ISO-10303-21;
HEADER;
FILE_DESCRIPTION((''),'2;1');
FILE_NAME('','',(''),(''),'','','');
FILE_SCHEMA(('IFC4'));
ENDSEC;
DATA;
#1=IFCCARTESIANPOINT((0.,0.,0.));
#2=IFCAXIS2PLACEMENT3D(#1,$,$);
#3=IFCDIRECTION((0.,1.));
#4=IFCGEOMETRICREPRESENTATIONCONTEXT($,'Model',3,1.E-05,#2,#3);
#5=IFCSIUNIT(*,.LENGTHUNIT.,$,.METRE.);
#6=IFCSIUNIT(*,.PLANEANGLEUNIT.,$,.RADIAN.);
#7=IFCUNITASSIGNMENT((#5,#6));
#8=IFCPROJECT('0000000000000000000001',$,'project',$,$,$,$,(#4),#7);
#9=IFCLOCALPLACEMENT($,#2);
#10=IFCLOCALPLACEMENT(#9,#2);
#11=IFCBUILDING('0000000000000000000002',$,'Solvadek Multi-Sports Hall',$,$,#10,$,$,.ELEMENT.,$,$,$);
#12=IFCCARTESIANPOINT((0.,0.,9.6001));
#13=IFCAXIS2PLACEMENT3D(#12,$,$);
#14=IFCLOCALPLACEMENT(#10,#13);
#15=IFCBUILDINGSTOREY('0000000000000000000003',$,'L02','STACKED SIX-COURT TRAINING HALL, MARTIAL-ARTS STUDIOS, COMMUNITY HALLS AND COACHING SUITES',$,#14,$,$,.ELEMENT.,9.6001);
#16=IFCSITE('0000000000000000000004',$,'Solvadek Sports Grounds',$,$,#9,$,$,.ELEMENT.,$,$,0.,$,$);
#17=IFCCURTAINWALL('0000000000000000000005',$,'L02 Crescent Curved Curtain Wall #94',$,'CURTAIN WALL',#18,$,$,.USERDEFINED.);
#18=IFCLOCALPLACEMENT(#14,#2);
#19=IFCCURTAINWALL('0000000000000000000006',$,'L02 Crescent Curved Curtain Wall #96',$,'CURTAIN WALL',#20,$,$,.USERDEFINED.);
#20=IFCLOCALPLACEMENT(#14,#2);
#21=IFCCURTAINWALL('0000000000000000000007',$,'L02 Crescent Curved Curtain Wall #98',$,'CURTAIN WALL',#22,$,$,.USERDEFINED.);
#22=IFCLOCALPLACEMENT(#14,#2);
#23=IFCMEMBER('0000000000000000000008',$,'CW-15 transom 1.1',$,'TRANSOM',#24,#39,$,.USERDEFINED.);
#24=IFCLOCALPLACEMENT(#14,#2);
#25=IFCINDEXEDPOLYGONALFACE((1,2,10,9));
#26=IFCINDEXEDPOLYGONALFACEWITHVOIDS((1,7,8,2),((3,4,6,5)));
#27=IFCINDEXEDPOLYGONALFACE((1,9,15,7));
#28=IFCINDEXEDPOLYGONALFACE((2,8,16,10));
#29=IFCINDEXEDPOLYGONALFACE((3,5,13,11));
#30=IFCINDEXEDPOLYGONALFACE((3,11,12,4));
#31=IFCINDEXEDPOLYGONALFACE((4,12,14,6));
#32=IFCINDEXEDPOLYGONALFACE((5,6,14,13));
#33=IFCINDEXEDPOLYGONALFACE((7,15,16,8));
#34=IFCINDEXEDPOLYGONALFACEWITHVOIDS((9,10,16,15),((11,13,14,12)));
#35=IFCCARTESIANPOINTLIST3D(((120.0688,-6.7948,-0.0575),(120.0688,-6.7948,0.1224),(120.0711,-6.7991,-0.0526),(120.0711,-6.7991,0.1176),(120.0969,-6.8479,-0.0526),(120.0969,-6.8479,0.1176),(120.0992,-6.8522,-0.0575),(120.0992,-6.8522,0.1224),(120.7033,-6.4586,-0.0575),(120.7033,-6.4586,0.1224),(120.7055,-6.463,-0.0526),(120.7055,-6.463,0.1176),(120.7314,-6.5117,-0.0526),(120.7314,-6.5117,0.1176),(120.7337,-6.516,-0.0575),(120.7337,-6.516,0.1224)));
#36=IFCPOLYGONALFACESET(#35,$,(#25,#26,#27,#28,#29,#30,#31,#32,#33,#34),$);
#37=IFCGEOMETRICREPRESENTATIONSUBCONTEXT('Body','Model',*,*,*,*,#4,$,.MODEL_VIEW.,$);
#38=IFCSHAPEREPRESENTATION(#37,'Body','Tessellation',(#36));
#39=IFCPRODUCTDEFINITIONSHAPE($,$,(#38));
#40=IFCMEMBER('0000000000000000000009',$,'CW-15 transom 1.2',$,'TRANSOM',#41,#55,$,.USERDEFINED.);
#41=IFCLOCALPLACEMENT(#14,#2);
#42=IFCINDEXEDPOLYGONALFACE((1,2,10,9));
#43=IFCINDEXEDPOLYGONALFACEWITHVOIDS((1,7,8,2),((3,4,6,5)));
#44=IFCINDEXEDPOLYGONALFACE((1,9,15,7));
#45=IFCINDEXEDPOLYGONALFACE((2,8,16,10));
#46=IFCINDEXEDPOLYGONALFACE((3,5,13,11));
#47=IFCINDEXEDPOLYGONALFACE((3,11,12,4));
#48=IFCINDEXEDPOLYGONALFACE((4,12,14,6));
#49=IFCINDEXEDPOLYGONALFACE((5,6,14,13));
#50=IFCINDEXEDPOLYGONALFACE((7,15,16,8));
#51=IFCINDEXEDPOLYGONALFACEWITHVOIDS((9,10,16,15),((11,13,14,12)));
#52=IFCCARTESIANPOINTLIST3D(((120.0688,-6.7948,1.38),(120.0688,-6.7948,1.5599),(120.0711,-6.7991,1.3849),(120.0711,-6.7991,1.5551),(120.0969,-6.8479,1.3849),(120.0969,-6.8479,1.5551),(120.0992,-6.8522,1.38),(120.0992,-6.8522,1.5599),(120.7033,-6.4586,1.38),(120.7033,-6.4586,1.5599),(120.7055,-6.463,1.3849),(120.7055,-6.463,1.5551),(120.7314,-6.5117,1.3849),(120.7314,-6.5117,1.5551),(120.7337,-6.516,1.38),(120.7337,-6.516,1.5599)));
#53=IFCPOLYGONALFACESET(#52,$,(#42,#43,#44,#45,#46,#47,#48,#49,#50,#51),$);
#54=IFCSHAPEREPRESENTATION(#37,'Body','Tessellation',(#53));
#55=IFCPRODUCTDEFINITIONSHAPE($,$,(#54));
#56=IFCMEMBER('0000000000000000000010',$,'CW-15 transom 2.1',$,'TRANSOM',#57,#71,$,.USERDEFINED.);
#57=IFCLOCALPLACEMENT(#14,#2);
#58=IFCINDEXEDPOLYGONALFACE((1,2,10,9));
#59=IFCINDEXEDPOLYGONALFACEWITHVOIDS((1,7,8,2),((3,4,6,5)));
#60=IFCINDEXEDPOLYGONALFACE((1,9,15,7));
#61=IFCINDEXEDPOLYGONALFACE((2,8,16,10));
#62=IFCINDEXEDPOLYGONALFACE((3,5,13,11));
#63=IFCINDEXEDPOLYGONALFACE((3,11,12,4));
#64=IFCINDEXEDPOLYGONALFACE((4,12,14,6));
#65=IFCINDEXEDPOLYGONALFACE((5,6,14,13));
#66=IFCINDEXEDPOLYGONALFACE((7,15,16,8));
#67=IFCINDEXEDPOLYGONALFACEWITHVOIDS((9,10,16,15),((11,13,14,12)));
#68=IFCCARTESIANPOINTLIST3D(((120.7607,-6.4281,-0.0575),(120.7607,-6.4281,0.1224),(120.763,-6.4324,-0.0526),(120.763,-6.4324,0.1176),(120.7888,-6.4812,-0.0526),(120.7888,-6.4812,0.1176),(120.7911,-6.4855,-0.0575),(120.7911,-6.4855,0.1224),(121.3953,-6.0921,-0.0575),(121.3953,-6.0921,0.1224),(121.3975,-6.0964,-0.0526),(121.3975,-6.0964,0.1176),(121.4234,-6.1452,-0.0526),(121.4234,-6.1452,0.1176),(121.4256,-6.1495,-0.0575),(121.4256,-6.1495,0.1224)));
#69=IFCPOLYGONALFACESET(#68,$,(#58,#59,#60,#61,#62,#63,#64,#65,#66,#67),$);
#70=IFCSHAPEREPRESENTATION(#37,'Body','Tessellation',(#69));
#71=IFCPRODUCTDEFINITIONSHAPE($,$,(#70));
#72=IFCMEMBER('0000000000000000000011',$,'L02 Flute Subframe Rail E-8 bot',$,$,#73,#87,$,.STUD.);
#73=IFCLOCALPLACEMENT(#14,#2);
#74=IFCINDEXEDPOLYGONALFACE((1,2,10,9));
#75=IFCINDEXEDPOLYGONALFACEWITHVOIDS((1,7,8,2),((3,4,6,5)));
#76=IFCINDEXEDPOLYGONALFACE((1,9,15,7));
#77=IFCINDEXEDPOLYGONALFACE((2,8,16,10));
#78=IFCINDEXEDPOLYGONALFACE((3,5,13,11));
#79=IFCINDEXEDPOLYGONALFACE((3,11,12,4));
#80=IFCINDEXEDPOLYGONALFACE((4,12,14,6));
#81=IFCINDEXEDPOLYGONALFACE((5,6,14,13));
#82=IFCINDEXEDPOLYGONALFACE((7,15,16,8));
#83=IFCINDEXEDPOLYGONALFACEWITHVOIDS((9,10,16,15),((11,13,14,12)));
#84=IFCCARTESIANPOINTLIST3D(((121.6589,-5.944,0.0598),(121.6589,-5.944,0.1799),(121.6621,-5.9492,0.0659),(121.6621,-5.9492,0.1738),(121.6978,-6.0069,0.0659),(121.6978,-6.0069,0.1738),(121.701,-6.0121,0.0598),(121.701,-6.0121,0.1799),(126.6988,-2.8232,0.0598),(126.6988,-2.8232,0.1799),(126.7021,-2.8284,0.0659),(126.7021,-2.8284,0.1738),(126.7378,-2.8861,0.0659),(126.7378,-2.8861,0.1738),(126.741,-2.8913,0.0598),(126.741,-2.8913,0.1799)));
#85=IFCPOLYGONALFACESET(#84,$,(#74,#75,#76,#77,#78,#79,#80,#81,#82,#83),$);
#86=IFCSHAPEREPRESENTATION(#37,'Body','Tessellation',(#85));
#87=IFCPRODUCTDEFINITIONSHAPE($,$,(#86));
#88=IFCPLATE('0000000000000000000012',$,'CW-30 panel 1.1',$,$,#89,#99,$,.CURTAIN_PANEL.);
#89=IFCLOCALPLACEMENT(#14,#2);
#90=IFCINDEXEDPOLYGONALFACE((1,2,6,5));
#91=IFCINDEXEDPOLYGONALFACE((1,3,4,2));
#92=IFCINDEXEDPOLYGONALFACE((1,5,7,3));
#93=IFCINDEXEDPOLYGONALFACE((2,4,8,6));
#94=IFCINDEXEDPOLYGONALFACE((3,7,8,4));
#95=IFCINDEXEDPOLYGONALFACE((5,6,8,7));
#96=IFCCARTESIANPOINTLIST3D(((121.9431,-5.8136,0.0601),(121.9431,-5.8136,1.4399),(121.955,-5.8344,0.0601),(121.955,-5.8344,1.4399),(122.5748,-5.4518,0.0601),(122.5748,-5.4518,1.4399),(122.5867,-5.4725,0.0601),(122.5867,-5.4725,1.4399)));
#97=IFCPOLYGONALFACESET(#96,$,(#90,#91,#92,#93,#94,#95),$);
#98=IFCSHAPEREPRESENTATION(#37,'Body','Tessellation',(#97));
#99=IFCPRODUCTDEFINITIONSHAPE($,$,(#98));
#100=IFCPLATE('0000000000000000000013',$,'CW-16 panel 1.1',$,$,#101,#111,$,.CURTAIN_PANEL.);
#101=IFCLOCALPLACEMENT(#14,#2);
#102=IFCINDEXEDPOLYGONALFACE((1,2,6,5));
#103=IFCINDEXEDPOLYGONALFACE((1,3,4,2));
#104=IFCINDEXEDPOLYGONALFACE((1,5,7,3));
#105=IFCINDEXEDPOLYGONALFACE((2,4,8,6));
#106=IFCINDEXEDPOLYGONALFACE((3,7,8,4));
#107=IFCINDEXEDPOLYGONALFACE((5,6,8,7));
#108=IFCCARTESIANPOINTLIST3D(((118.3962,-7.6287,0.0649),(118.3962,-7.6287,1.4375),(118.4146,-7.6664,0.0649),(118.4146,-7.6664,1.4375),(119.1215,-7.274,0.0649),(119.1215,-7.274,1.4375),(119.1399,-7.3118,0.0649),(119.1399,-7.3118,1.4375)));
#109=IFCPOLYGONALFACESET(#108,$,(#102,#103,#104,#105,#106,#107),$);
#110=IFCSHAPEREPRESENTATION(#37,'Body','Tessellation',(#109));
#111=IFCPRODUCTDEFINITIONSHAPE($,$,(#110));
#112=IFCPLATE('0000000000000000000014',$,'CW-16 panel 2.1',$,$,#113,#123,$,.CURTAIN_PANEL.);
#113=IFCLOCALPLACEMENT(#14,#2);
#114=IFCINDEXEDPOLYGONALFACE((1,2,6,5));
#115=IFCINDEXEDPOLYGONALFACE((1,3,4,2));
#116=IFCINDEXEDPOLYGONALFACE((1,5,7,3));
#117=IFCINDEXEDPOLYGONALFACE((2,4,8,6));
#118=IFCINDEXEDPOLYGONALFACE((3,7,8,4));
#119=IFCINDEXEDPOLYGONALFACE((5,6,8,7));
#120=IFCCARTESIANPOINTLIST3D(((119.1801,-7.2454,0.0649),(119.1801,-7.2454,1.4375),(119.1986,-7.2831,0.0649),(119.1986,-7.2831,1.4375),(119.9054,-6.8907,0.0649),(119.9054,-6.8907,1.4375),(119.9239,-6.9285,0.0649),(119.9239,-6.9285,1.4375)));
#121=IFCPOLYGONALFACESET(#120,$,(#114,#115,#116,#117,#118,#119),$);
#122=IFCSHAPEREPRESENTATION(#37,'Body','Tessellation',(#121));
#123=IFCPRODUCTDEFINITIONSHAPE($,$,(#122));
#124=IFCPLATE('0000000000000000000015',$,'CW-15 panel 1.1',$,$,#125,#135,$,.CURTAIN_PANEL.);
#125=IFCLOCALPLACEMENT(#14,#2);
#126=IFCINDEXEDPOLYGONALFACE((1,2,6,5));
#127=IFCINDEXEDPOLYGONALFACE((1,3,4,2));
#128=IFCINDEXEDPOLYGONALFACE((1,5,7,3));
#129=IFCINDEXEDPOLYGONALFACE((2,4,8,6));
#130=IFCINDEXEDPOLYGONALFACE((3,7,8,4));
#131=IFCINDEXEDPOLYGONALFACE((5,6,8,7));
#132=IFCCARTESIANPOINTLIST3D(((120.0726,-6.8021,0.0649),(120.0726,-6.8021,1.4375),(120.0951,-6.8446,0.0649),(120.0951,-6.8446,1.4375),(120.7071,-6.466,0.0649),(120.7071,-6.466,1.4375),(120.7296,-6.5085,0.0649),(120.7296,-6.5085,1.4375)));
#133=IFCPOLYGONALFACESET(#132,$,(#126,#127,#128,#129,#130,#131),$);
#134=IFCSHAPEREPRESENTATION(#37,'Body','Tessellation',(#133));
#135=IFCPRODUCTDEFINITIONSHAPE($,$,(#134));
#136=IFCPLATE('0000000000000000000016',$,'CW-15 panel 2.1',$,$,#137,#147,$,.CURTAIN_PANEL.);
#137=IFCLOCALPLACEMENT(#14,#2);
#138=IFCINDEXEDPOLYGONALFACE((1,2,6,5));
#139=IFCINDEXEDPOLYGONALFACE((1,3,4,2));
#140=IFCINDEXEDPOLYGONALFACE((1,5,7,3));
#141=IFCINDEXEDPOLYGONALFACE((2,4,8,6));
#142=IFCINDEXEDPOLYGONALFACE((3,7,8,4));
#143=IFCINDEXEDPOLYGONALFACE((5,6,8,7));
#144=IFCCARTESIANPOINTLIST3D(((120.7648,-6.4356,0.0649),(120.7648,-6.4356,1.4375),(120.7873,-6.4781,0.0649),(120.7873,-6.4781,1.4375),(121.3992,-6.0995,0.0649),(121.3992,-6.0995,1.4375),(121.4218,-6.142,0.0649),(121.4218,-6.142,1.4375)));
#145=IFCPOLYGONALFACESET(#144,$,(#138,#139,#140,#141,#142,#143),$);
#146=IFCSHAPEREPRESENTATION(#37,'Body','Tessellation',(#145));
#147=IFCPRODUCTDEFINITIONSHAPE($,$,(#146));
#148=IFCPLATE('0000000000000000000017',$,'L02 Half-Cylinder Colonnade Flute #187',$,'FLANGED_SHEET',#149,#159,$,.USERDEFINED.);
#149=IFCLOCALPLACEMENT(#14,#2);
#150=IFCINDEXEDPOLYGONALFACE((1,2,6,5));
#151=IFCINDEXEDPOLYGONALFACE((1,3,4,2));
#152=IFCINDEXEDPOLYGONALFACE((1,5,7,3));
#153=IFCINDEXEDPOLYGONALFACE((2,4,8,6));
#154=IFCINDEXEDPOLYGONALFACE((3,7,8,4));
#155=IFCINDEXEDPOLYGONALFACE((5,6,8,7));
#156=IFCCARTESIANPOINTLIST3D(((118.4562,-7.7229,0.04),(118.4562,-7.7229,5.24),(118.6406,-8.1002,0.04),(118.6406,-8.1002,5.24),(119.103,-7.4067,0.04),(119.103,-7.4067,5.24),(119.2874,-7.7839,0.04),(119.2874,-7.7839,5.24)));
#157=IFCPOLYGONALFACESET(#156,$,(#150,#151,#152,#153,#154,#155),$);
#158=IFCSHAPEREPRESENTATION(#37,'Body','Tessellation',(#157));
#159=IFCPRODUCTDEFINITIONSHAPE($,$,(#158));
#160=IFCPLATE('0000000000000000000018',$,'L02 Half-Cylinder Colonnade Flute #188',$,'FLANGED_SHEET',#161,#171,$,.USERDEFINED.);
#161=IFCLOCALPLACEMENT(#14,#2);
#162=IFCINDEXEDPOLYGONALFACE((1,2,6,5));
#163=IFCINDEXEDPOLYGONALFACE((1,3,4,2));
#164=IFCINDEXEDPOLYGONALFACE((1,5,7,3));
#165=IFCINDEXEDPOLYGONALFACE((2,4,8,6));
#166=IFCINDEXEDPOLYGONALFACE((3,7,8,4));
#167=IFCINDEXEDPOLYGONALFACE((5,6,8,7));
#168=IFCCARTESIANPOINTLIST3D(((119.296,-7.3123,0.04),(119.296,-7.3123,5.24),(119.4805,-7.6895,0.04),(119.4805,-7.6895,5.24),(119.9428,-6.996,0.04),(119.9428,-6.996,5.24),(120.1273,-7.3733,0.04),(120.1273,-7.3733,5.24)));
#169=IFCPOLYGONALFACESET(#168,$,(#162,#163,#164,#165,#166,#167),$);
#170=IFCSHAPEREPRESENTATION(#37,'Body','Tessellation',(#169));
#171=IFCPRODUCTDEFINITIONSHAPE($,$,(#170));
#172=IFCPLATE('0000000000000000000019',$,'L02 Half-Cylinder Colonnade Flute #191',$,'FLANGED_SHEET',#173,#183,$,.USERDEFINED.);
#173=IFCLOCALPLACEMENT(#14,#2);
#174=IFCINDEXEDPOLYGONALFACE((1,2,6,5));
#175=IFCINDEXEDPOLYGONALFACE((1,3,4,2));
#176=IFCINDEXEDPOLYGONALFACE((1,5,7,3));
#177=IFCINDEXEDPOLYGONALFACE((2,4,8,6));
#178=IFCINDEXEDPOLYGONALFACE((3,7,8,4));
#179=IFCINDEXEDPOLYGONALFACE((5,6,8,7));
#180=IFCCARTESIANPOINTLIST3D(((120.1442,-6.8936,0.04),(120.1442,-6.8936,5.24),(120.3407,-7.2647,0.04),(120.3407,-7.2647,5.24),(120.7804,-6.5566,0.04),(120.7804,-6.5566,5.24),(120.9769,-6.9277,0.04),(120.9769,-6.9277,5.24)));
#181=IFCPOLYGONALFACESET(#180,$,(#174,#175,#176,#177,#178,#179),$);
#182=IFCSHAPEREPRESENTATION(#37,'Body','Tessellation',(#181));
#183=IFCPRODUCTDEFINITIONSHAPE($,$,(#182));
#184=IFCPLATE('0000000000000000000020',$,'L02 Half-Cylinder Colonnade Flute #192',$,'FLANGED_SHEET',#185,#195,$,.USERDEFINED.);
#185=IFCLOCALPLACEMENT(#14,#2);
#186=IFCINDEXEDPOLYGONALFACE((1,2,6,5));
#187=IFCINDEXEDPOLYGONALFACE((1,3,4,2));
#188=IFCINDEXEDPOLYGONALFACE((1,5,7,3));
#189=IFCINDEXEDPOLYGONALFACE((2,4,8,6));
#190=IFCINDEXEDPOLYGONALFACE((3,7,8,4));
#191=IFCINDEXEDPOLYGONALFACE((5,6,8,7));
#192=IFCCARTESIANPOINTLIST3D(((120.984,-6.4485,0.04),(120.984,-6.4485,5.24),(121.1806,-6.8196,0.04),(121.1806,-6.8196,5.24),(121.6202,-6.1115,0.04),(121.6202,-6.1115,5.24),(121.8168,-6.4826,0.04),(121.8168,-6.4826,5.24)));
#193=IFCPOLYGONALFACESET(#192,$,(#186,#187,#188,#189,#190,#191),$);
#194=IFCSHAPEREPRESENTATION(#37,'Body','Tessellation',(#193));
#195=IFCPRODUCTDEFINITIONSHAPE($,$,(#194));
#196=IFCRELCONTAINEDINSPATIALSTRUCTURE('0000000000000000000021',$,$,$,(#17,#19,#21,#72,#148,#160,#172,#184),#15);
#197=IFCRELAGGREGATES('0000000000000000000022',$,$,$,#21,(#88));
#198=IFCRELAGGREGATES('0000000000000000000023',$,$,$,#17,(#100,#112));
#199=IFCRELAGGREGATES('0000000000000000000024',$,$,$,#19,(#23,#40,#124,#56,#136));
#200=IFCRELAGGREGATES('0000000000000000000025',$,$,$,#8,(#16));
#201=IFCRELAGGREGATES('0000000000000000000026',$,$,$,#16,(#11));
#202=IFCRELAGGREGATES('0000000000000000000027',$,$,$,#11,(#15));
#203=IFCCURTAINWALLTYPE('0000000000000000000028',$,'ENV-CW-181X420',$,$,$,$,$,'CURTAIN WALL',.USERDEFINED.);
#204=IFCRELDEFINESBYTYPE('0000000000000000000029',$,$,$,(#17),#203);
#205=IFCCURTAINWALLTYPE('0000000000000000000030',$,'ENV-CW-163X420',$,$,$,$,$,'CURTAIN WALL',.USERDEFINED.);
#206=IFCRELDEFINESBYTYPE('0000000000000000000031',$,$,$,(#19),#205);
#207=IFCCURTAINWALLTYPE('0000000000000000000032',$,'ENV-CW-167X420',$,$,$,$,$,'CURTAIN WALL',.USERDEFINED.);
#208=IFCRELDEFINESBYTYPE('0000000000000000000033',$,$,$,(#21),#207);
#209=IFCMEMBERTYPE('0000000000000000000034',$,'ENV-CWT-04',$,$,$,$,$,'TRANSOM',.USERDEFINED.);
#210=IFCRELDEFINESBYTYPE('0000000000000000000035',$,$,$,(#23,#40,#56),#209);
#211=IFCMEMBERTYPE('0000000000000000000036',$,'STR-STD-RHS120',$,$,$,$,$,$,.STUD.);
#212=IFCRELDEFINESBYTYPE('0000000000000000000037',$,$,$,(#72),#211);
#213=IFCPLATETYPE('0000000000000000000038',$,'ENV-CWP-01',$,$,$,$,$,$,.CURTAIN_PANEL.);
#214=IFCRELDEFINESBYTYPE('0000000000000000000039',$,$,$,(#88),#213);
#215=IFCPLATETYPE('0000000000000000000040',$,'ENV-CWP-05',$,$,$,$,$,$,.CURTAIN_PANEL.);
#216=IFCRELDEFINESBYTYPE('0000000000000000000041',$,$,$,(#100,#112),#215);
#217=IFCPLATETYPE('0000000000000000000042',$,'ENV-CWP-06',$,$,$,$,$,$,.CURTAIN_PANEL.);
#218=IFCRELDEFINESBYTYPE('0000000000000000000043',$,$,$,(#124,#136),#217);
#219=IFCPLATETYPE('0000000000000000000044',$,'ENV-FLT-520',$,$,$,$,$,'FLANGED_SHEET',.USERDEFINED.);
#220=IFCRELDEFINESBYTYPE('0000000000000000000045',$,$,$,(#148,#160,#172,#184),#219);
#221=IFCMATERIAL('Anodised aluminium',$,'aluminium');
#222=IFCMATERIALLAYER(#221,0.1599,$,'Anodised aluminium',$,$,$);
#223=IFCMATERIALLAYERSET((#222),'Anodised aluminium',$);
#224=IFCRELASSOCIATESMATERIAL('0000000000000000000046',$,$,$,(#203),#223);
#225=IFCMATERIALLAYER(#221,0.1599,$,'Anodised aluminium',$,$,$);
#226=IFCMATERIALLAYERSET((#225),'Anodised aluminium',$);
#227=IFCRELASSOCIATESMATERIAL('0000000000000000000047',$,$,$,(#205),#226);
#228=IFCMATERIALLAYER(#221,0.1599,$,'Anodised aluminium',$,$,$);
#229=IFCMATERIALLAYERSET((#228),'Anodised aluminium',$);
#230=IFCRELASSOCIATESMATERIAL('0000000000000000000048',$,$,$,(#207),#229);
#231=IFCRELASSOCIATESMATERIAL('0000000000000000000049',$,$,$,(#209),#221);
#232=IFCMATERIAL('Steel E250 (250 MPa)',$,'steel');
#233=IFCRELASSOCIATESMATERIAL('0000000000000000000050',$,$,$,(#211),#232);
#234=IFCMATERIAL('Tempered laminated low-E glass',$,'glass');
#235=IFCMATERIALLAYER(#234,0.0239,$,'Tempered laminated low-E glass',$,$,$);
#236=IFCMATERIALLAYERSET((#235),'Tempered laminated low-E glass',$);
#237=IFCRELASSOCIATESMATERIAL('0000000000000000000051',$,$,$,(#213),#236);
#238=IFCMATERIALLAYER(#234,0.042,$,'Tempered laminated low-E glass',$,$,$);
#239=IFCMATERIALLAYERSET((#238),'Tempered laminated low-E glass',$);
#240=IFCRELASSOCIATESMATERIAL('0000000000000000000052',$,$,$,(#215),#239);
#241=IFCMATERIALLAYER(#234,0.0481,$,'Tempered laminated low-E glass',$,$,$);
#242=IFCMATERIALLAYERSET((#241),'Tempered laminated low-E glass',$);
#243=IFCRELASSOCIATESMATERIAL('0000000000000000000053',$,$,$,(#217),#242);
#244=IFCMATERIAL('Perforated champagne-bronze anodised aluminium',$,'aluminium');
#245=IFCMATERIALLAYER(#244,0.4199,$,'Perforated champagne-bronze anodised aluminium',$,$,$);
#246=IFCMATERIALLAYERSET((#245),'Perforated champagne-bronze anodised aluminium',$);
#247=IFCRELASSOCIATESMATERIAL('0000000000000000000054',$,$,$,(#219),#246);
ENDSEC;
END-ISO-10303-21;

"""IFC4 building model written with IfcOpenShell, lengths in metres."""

from ifc_helpers import new_model, si_unit, direction, frame, origin, origin_2d, place, context, subcontext, project, spatial, rectangle, hollow_rectangle, extrude, material, layer, layer_set, material_profile, profile_set, type_object, element, aggregate, save


model = new_model("IFC4")

# Units and contexts
model_context = context("Model", 3, precision=1e-05, world=origin(), true_north=direction((0.0, 1.0)))
body_context = subcontext(model_context, "Body", "Model", "MODEL_VIEW")
ifc_project = project(units=[si_unit("LENGTHUNIT", "METRE"), si_unit("PLANEANGLEUNIT", "RADIAN")], contexts=[model_context])

# Site, building, storey
site_placement = place(None, origin())
site = spatial("IfcSite", under=ifc_project, at=site_placement, Name="Solvadek Sports Grounds", CompositionType="ELEMENT", RefElevation=0.0)
building_placement = place(site_placement, origin())
building = spatial("IfcBuilding", under=site, at=building_placement, Name="Solvadek Multi-Sports Hall", CompositionType="ELEMENT")
storey_placement = place(building_placement, frame((0.0, 0.0, 9.6001)))
storey = spatial("IfcBuildingStorey", under=building, at=storey_placement, Name="L02", Description="STACKED SIX-COURT TRAINING HALL, MARTIAL-ARTS STUDIOS, COMMUNITY HALLS AND COACHING SUITES", CompositionType="ELEMENT", Elevation=9.6001)

# Curtain walls
ifc_material_1 = material(Name="Anodised aluminium", Category="aluminium")
ifc_layer_1 = layer(ifc_material_1, 0.1599, Name="Anodised aluminium")
ifc_layer_set_1 = layer_set([ifc_layer_1], Name="Anodised aluminium")
curtain_wall_type_1 = type_object("IfcCurtainWallType", Name="ENV-CW-181X420", ElementType="CURTAIN WALL", PredefinedType="USERDEFINED", material=ifc_layer_set_1)
curtain_wall_1_placement = place(storey_placement, origin())
curtain_wall_1 = element("IfcCurtainWall", 1, at=curtain_wall_1_placement, inside=storey, type_object=curtain_wall_type_1, Name="L02 Crescent Curved Curtain Wall #94", ObjectType="CURTAIN WALL", PredefinedType="USERDEFINED")
ifc_layer_2 = layer(ifc_material_1, 0.1599, Name="Anodised aluminium")
ifc_layer_set_2 = layer_set([ifc_layer_2], Name="Anodised aluminium")
curtain_wall_type_2 = type_object("IfcCurtainWallType", Name="ENV-CW-163X420", ElementType="CURTAIN WALL", PredefinedType="USERDEFINED", material=ifc_layer_set_2)
curtain_wall_2_placement = place(storey_placement, origin())
curtain_wall_2 = element("IfcCurtainWall", 2, at=curtain_wall_2_placement, inside=storey, type_object=curtain_wall_type_2, Name="L02 Crescent Curved Curtain Wall #96", ObjectType="CURTAIN WALL", PredefinedType="USERDEFINED")
ifc_layer_3 = layer(ifc_material_1, 0.1599, Name="Anodised aluminium")
ifc_layer_set_3 = layer_set([ifc_layer_3], Name="Anodised aluminium")
curtain_wall_type_3 = type_object("IfcCurtainWallType", Name="ENV-CW-167X420", ElementType="CURTAIN WALL", PredefinedType="USERDEFINED", material=ifc_layer_set_3)
curtain_wall_3_placement = place(storey_placement, origin())
curtain_wall_3 = element("IfcCurtainWall", 3, at=curtain_wall_3_placement, inside=storey, type_object=curtain_wall_type_3, Name="L02 Crescent Curved Curtain Wall #98", ObjectType="CURTAIN WALL", PredefinedType="USERDEFINED")

# Members
ifc_material_profile_1 = material_profile(ifc_material_1, hollow_rectangle(XDim=0.0649, YDim=0.1799, WallThickness=0.0049, at=origin_2d()), Name="ALU-T 180x65x5")
ifc_profile_set_1 = profile_set([ifc_material_profile_1], Name="Anodised aluminium")
member_type_1 = type_object("IfcMemberType", Name="ENV-CWT-04", ElementType="TRANSOM", PredefinedType="USERDEFINED", material=ifc_profile_set_1)
member_1_placement = place(storey_placement, frame((120.084, -6.8235, 0.0325), z_axis=(0.883639, 0.468169, 0.0), x_axis=(-0.468169, 0.883639, 0.0)))
member_1 = element("IfcMember", 4, at=member_1_placement, type_object=member_type_1, Name="CW-15 transom 1.1", ObjectType="TRANSOM", PredefinedType="USERDEFINED", context=body_context, shape_type="SweptSolid", body=[
    extrude(hollow_rectangle(XDim=0.0649, YDim=0.1799, WallThickness=0.0049, at=origin_2d()), origin(), (0.0, 0.0, 1.0), 0.718),
])
member_2_placement = place(storey_placement, frame((120.084, -6.8235, 1.47), z_axis=(0.883639, 0.468169, 0.0), x_axis=(-0.468169, 0.883639, 0.0)))
member_2 = element("IfcMember", 5, at=member_2_placement, type_object=member_type_1, Name="CW-15 transom 1.2", ObjectType="TRANSOM", PredefinedType="USERDEFINED", context=body_context, shape_type="SweptSolid", body=[
    extrude(hollow_rectangle(XDim=0.0649, YDim=0.1799, WallThickness=0.0049, at=origin_2d()), origin(), (0.0, 0.0, 1.0), 0.718),
])
member_3_placement = place(storey_placement, frame((120.7759, -6.4568, 0.0325), z_axis=(0.88378, 0.467903, 0.0), x_axis=(-0.467903, 0.88378, 0.0)))
member_3 = element("IfcMember", 6, at=member_3_placement, type_object=member_type_1, Name="CW-15 transom 2.1", ObjectType="TRANSOM", PredefinedType="USERDEFINED", context=body_context, shape_type="SweptSolid", body=[
    extrude(hollow_rectangle(XDim=0.0649, YDim=0.1799, WallThickness=0.0049, at=origin_2d()), origin(), (0.0, 0.0, 1.0), 0.718),
])
ifc_material_2 = material(Name="Steel E250 (250 MPa)", Category="steel")
ifc_material_profile_2 = material_profile(ifc_material_2, hollow_rectangle(XDim=0.0801, YDim=0.1201, WallThickness=0.0061, at=origin_2d()), Name="RHS 120x80x6")
ifc_profile_set_2 = profile_set([ifc_material_profile_2], Name="Steel E250 (250 MPa)")
member_type_2 = type_object("IfcMemberType", Name="STR-STD-RHS120", PredefinedType="STUD", material=ifc_profile_set_2)
member_4_placement = place(storey_placement, frame((121.6799, -5.978, 0.1199), z_axis=(0.850203, 0.526455, 0.0), x_axis=(-0.526455, 0.850203, 0.0)))
element("IfcMember", 7, at=member_4_placement, inside=storey, type_object=member_type_2, Name="L02 Flute Subframe Rail E-8 bot", PredefinedType="STUD", context=body_context, shape_type="SweptSolid", body=[
    extrude(hollow_rectangle(XDim=0.0801, YDim=0.1201, WallThickness=0.0061, at=origin_2d()), origin(), (0.0, 0.0, 1.0), 5.928),
])

# Plates
ifc_material_3 = material(Name="Tempered laminated low-E glass", Category="glass")
ifc_layer_4 = layer(ifc_material_3, 0.0239, Name="Tempered laminated low-E glass")
ifc_layer_set_4 = layer_set([ifc_layer_4], Name="Tempered laminated low-E glass")
plate_type_1 = type_object("IfcPlateType", Name="ENV-CWP-01", PredefinedType="CURTAIN_PANEL", material=ifc_layer_set_4)
plate_1_placement = place(storey_placement, frame((122.2649, -5.6431, 0.0601), z_axis=(0.0, 0.0, 1.0), x_axis=(0.867755, 0.496992, 0.0)))
plate_1 = element("IfcPlate", 8, at=plate_1_placement, type_object=plate_type_1, Name="CW-30 panel 1.1", PredefinedType="CURTAIN_PANEL", context=body_context, shape_type="SweptSolid", body=[
    extrude(rectangle(XDim=0.728, YDim=0.0239, at=origin_2d()), origin(), (0.0, 0.0, 1.0), 1.3799),
])
aggregate(curtain_wall_3, [plate_1])
ifc_layer_5 = layer(ifc_material_3, 0.042, Name="Tempered laminated low-E glass")
ifc_layer_set_5 = layer_set([ifc_layer_5], Name="Tempered laminated low-E glass")
plate_type_2 = type_object("IfcPlateType", Name="ENV-CWP-05", PredefinedType="CURTAIN_PANEL", material=ifc_layer_set_5)
plate_2_placement = place(storey_placement, frame((118.7681, -7.4702, 0.0649), z_axis=(0.0, 0.0, 1.0), x_axis=(0.89837, 0.43924, 0.0)))
plate_2 = element("IfcPlate", 9, at=plate_2_placement, type_object=plate_type_2, Name="CW-16 panel 1.1", PredefinedType="CURTAIN_PANEL", context=body_context, shape_type="SweptSolid", body=[
    extrude(rectangle(XDim=0.8074, YDim=0.042, at=origin_2d()), origin(), (0.0, 0.0, 1.0), 1.3726),
])
plate_3_placement = place(storey_placement, frame((119.552, -7.0869, 0.0649), z_axis=(0.0, 0.0, 1.0), x_axis=(0.89837, 0.43924, 0.0)))
plate_3 = element("IfcPlate", 10, at=plate_3_placement, type_object=plate_type_2, Name="CW-16 panel 2.1", PredefinedType="CURTAIN_PANEL", context=body_context, shape_type="SweptSolid", body=[
    extrude(rectangle(XDim=0.8074, YDim=0.042, at=origin_2d()), origin(), (0.0, 0.0, 1.0), 1.3726),
])
aggregate(curtain_wall_1, [plate_2, plate_3])
ifc_layer_6 = layer(ifc_material_3, 0.0481, Name="Tempered laminated low-E glass")
ifc_layer_set_6 = layer_set([ifc_layer_6], Name="Tempered laminated low-E glass")
plate_type_3 = type_object("IfcPlateType", Name="ENV-CWP-06", PredefinedType="CURTAIN_PANEL", material=ifc_layer_set_6)
plate_4_placement = place(storey_placement, frame((120.4011, -6.6553, 0.0649), z_axis=(0.0, 0.0, 1.0), x_axis=(0.88366, 0.46813, 0.0)))
plate_4 = element("IfcPlate", 11, at=plate_4_placement, type_object=plate_type_3, Name="CW-15 panel 1.1", PredefinedType="CURTAIN_PANEL", context=body_context, shape_type="SweptSolid", body=[
    extrude(rectangle(XDim=0.718, YDim=0.0481, at=origin_2d()), origin(), (0.0, 0.0, 1.0), 1.3726),
])
plate_5_placement = place(storey_placement, frame((121.0933, -6.2888, 0.0649), z_axis=(0.0, 0.0, 1.0), x_axis=(0.88366, 0.46813, 0.0)))
plate_5 = element("IfcPlate", 12, at=plate_5_placement, type_object=plate_type_3, Name="CW-15 panel 2.1", PredefinedType="CURTAIN_PANEL", context=body_context, shape_type="SweptSolid", body=[
    extrude(rectangle(XDim=0.718, YDim=0.0481, at=origin_2d()), origin(), (0.0, 0.0, 1.0), 1.3726),
])
aggregate(curtain_wall_2, [member_1, member_2, plate_4, member_3, plate_5])

# Plates
ifc_material_4 = material(Name="Perforated champagne-bronze anodised aluminium", Category="aluminium")
ifc_layer_7 = layer(ifc_material_4, 0.4199, Name="Perforated champagne-bronze anodised aluminium")
ifc_layer_set_7 = layer_set([ifc_layer_7], Name="Perforated champagne-bronze anodised aluminium")
plate_type_4 = type_object("IfcPlateType", Name="ENV-FLT-520", ElementType="FLANGED_SHEET", PredefinedType="USERDEFINED", material=ifc_layer_set_7)
for number, where, z_axis, x_axis, name in (
    (13, (118.8718, -7.7534, 0.04), (0.0, 0.0, 1.0), (0.89837, 0.439239, 0.0), "L02 Half-Cylinder Colonnade Flute #187"),
    (14, (119.7117, -7.3428, 0.04), (0.0, 0.0, 1.0), (0.89837, 0.439239, 0.0), "L02 Half-Cylinder Colonnade Flute #188"),
    (15, (120.5605, -6.9106, 0.04), (0.0, 0.0, 1.0), (0.883682, 0.468088, 0.0), "L02 Half-Cylinder Colonnade Flute #191"),
    (16, (121.4004, -6.4656, 0.04), (0.0, 0.0, 1.0), (0.883682, 0.468088, 0.0), "L02 Half-Cylinder Colonnade Flute #192"),
):
    element("IfcPlate", number, at=place(storey_placement, frame(where, z_axis=z_axis, x_axis=x_axis)), inside=storey, type_object=plate_type_4, Name=name, ObjectType="FLANGED_SHEET", PredefinedType="USERDEFINED", context=body_context, shape_type="SweptSolid", body=[
        extrude(rectangle(XDim=0.72, YDim=0.4199, at=origin_2d()), origin(), (0.0, 0.0, 1.0), 5.2),
    ])

save(model, "model.ifc")
